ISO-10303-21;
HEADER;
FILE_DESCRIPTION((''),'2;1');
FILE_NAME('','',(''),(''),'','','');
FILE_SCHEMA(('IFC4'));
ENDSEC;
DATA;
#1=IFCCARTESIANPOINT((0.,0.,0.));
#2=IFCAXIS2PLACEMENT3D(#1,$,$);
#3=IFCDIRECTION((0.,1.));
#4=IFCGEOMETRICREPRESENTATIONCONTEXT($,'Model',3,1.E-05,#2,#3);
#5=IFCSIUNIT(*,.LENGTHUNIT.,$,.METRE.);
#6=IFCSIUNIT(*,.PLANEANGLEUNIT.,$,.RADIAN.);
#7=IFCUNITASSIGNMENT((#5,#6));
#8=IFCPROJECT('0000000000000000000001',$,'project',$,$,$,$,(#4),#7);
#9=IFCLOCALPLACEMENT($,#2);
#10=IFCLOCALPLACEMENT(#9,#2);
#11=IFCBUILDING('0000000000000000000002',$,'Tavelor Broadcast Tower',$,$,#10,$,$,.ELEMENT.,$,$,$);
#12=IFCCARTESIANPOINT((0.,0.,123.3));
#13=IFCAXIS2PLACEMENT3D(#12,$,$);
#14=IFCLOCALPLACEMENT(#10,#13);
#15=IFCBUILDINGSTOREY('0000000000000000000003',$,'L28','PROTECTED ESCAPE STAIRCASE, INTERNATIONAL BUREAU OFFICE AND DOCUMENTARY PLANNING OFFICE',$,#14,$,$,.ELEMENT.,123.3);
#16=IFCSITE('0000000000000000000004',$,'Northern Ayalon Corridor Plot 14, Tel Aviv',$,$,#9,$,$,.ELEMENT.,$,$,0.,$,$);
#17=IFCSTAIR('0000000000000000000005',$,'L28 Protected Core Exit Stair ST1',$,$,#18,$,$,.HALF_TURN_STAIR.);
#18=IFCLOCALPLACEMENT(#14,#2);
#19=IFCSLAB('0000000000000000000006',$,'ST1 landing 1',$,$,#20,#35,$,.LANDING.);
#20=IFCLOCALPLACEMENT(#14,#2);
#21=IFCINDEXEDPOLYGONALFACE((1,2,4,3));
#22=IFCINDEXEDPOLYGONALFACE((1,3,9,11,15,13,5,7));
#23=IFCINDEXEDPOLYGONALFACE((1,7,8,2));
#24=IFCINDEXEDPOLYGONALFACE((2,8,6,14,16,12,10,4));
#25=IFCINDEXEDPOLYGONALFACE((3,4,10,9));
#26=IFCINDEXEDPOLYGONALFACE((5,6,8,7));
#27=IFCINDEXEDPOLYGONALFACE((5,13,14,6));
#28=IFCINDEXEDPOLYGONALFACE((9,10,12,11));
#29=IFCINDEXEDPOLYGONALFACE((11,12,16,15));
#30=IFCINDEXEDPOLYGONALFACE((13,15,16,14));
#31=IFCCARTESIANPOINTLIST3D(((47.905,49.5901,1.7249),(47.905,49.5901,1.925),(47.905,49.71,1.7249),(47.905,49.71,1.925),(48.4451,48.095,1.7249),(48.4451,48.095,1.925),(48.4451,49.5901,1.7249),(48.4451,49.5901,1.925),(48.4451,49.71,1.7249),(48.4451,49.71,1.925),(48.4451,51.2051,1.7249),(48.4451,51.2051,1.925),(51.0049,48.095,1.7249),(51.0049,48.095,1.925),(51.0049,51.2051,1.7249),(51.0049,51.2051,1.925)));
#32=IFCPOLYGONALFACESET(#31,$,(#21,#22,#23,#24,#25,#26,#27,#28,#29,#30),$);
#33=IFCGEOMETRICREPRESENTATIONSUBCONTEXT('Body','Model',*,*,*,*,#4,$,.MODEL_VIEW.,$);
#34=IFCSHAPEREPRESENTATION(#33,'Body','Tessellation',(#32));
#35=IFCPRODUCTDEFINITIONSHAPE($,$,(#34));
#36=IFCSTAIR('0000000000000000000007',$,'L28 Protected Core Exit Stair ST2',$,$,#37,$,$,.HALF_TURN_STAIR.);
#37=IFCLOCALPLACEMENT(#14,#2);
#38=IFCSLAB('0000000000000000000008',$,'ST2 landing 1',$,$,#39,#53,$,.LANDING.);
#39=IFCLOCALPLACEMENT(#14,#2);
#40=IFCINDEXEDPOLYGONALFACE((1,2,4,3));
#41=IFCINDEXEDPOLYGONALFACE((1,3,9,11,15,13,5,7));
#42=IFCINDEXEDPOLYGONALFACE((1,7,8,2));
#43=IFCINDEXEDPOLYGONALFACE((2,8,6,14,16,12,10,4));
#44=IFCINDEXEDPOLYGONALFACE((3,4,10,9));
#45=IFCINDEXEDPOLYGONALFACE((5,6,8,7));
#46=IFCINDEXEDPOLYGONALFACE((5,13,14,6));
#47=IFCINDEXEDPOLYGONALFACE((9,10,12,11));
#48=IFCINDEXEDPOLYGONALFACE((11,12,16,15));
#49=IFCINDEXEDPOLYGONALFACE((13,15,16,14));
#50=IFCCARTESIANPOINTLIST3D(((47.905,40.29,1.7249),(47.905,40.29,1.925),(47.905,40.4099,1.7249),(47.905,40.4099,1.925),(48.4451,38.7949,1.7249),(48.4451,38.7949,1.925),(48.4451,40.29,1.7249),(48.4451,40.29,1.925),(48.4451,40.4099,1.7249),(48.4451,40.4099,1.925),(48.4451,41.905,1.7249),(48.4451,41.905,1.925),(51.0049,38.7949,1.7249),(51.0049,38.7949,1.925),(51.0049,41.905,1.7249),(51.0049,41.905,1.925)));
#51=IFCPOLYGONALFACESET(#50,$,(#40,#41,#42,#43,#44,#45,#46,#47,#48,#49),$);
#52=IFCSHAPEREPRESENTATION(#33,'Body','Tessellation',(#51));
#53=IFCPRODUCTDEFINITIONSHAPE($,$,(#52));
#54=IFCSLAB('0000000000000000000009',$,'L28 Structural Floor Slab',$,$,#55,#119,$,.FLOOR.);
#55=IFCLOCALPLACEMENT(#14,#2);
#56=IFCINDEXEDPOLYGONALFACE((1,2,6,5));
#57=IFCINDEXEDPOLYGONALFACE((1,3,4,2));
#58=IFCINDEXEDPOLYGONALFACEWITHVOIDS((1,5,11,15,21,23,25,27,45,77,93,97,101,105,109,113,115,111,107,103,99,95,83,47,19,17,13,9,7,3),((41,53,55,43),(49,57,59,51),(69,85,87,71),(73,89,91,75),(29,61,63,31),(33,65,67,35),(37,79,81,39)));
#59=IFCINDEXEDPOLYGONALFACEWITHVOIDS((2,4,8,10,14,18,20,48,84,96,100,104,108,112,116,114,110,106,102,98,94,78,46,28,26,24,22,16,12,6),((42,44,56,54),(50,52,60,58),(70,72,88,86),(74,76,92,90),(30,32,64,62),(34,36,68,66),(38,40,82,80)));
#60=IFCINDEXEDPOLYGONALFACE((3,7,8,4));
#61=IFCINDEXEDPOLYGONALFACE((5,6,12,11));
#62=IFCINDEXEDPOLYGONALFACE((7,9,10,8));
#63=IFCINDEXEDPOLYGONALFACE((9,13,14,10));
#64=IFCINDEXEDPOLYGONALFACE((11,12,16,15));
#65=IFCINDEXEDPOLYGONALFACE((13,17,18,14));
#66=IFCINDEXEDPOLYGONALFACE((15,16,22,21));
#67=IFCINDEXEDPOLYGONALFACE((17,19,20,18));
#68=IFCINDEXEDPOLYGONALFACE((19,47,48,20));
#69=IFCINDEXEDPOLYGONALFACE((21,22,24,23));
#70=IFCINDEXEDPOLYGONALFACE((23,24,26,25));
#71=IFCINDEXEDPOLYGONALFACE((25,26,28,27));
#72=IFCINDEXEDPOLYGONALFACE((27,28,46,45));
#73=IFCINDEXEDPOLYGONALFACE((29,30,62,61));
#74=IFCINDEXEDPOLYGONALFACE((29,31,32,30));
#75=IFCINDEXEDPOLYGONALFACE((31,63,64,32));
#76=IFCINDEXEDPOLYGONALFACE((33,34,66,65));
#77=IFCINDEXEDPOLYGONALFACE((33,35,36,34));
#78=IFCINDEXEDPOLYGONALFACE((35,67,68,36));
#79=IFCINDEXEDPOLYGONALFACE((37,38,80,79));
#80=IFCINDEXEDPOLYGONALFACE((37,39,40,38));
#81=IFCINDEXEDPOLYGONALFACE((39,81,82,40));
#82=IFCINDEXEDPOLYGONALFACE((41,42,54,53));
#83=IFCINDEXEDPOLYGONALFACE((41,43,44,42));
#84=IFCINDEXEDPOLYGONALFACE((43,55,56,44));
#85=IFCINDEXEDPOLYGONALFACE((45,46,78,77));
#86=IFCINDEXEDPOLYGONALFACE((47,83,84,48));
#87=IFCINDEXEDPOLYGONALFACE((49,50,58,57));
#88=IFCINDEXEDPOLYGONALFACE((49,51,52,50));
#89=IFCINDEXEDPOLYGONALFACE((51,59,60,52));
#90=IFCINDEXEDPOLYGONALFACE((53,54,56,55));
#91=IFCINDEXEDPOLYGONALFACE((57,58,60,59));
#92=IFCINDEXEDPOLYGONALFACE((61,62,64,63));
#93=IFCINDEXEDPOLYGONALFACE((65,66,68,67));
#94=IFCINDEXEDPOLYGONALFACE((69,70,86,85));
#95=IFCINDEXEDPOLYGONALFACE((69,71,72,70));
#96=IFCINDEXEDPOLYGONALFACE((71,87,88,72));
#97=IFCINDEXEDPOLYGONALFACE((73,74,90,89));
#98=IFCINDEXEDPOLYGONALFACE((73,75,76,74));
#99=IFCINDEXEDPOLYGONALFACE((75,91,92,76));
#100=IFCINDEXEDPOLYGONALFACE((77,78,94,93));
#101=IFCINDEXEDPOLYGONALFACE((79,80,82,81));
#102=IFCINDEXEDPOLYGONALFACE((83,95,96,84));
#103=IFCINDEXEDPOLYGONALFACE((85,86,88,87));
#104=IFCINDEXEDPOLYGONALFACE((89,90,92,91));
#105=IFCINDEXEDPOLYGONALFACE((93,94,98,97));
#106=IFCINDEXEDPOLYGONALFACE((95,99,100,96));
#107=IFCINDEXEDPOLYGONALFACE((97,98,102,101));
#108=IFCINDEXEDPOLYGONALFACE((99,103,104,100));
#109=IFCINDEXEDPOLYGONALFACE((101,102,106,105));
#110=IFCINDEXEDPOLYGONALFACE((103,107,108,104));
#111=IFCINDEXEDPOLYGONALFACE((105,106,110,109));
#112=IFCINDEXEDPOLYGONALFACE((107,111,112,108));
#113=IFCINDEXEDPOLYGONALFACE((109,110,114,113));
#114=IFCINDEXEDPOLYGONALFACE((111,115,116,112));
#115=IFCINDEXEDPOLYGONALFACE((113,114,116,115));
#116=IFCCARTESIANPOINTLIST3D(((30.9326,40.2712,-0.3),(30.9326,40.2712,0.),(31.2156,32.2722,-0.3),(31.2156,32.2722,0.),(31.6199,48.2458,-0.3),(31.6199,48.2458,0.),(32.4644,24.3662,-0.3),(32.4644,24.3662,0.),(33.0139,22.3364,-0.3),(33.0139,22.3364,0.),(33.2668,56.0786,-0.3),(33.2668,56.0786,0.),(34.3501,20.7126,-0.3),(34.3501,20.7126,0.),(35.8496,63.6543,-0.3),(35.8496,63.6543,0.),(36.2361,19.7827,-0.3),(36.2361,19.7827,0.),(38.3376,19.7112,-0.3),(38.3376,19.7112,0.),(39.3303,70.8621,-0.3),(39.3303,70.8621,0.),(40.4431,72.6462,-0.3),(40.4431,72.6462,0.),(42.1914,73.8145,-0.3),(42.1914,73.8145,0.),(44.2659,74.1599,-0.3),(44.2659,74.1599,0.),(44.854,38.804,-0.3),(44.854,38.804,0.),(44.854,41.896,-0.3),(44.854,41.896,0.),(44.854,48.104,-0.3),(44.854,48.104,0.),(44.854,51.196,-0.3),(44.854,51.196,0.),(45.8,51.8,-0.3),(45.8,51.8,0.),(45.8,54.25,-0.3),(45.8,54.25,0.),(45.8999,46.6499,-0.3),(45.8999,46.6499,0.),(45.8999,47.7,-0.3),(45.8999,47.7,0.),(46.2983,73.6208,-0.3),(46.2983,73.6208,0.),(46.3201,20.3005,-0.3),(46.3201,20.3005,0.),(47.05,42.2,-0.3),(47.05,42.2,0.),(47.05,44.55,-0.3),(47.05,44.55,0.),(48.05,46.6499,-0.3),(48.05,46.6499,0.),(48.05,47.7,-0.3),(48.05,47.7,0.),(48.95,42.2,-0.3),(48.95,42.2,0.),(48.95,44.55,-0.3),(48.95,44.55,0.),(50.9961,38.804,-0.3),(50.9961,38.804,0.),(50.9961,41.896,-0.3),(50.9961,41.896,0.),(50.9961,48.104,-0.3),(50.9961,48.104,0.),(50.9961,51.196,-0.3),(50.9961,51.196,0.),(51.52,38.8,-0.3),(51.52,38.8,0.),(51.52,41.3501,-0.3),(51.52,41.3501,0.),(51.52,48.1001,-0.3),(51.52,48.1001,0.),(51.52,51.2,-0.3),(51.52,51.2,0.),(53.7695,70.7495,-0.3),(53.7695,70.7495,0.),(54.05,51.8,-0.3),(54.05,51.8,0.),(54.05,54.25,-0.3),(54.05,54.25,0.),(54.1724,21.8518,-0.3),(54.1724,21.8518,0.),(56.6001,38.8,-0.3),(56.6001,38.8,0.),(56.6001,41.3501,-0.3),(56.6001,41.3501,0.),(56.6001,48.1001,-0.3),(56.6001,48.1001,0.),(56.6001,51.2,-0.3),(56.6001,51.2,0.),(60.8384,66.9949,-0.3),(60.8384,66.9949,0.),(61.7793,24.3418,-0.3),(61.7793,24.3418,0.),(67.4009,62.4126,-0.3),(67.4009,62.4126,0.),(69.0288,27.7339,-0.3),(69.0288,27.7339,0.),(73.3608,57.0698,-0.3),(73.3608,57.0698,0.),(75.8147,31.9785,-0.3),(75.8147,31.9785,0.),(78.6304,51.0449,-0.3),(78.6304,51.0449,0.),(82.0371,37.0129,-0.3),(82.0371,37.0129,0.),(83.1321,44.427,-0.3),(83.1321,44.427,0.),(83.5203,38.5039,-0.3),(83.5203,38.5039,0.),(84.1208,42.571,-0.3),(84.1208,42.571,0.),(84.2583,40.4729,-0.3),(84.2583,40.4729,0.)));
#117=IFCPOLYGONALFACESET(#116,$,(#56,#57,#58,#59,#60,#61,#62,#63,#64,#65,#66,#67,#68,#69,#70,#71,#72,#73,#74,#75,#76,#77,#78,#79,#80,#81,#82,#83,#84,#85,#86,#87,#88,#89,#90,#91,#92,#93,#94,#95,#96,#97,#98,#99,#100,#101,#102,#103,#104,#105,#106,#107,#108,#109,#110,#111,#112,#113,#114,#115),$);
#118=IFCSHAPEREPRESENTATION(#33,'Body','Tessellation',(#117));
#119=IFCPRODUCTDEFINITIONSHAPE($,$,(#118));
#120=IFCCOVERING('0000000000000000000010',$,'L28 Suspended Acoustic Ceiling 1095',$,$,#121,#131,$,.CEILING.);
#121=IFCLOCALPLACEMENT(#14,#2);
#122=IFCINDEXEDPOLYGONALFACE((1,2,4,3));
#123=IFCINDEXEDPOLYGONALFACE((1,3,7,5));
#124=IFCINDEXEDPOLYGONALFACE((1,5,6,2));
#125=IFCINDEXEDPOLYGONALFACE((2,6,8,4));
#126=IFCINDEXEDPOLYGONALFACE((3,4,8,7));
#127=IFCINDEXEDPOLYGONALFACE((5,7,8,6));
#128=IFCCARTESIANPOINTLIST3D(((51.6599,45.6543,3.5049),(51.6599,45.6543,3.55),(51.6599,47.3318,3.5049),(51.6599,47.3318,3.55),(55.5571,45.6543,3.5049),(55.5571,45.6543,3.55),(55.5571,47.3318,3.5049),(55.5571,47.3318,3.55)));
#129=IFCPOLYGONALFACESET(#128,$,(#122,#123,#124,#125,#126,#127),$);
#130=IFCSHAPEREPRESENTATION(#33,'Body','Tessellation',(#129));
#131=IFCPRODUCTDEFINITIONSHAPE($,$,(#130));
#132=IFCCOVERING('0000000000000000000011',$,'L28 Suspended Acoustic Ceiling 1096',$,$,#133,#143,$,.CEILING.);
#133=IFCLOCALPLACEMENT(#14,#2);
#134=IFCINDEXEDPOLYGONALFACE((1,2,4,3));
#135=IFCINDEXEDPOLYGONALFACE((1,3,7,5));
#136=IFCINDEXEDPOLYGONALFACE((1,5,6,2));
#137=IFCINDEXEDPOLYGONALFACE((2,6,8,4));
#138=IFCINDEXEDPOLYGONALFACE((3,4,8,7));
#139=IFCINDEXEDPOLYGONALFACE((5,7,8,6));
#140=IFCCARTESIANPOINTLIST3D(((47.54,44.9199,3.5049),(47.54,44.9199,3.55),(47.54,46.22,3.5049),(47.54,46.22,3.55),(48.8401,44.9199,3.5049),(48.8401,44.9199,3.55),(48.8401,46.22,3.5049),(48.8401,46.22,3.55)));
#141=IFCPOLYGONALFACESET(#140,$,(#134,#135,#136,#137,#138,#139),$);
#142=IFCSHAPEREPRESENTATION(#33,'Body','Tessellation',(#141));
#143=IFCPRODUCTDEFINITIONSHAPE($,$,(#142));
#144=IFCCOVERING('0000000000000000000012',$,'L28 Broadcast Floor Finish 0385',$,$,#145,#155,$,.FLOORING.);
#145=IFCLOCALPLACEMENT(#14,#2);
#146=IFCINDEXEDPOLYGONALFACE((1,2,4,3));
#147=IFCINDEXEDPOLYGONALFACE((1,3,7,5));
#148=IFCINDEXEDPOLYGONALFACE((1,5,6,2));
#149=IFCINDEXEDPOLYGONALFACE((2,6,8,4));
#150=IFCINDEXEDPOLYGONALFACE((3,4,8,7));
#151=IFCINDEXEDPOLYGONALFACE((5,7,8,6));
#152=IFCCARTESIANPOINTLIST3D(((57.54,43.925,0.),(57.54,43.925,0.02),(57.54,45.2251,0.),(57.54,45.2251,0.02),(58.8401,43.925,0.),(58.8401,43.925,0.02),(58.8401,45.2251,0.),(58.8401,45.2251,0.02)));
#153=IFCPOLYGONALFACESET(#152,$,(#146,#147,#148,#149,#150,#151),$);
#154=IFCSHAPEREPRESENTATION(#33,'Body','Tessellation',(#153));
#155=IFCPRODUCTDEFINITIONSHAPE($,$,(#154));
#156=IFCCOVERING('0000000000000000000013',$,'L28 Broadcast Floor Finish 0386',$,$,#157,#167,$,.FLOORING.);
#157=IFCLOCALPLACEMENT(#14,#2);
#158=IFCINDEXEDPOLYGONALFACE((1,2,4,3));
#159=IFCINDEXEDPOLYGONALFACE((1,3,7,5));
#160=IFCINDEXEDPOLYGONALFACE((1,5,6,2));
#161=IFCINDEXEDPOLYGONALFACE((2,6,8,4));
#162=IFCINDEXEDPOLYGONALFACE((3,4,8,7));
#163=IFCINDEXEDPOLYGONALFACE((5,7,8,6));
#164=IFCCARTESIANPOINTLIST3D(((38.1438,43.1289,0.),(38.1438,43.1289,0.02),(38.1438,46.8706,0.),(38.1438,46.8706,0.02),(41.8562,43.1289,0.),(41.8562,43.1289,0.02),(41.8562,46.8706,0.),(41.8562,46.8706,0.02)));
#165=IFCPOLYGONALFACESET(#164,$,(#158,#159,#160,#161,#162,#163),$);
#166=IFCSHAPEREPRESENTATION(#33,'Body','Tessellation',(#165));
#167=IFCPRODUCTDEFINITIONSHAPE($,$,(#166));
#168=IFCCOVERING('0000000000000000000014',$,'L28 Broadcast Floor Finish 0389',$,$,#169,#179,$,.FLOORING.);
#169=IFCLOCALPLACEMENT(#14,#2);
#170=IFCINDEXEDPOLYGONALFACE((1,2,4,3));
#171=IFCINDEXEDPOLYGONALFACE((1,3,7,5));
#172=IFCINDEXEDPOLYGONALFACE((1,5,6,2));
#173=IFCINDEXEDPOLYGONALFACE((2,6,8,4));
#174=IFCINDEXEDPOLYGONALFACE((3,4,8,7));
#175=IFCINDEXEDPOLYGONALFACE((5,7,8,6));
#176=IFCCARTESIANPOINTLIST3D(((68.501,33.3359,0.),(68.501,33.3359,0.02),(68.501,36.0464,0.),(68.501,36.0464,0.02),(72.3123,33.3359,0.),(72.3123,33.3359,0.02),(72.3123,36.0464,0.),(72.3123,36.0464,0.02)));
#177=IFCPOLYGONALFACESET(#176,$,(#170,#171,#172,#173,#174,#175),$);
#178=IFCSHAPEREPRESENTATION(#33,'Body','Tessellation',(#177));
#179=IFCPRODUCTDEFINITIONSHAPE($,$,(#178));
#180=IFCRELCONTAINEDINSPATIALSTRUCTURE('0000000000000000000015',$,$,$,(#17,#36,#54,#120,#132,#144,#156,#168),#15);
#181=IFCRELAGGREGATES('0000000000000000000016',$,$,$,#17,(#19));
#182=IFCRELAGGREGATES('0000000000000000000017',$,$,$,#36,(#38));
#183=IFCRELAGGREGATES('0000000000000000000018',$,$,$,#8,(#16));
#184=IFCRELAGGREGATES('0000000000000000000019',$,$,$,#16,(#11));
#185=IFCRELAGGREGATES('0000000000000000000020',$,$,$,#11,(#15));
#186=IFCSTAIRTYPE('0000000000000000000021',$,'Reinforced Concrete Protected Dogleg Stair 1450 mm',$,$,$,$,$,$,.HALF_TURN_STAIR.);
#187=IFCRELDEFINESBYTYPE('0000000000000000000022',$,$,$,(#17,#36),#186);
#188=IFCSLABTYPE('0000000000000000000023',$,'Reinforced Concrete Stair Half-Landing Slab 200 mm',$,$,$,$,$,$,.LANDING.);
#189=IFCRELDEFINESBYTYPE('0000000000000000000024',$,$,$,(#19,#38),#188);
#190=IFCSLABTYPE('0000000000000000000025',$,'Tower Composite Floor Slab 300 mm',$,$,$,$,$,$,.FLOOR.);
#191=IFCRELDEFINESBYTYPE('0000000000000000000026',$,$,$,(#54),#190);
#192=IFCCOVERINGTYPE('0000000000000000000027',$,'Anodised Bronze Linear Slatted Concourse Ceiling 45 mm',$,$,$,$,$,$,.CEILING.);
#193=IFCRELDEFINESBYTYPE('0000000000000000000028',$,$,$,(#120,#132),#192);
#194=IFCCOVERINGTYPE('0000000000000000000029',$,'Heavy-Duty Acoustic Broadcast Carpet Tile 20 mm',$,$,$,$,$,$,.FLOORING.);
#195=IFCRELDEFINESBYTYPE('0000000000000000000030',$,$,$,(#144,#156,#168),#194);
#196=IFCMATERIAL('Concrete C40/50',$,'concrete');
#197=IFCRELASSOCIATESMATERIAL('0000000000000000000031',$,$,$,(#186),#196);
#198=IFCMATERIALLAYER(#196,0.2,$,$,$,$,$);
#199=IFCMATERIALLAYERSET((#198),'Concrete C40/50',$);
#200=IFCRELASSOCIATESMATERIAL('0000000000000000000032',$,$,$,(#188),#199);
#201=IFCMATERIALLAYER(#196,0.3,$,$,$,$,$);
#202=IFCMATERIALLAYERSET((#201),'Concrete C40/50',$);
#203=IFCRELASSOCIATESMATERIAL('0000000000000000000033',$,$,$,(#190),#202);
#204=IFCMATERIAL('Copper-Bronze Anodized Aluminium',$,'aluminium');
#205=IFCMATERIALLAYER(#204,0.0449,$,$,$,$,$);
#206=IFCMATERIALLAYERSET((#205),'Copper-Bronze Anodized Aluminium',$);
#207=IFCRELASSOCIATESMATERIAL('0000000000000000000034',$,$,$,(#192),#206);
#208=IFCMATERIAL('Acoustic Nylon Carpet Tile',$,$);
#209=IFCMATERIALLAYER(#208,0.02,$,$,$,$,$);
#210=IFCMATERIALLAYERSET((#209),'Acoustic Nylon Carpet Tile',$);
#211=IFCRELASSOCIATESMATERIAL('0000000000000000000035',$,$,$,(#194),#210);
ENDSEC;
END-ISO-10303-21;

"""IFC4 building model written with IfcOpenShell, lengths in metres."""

from ifc_helpers import new_model, si_unit, direction, frame, origin, place, context, subcontext, project, spatial, polyline, outline, extrude, material, layer, layer_set, type_object, element, aggregate, save


model = new_model("IFC4")

# Units and contexts
model_context = context("Model", 3, precision=1e-05, world=origin(), true_north=direction((0.0, 1.0)))
body_context = subcontext(model_context, "Body", "Model", "MODEL_VIEW")
ifc_project = project(units=[si_unit("LENGTHUNIT", "METRE"), si_unit("PLANEANGLEUNIT", "RADIAN")], contexts=[model_context])

# Site, building, storey
site_placement = place(None, origin())
site = spatial("IfcSite", under=ifc_project, at=site_placement, Name="Northern Ayalon Corridor Plot 14, Tel Aviv", CompositionType="ELEMENT", RefElevation=0.0)
building_placement = place(site_placement, origin())
building = spatial("IfcBuilding", under=site, at=building_placement, Name="Tavelor Broadcast Tower", CompositionType="ELEMENT")
storey_placement = place(building_placement, frame((0.0, 0.0, 123.3)))
storey = spatial("IfcBuildingStorey", under=building, at=storey_placement, Name="L28", Description="PROTECTED ESCAPE STAIRCASE, INTERNATIONAL BUREAU OFFICE AND DOCUMENTARY PLANNING OFFICE", CompositionType="ELEMENT", Elevation=123.3)

# Stairs, slabs
ifc_material_1 = material(Name="Concrete C40/50", Category="concrete")
stair_type = type_object("IfcStairType", Name="Reinforced Concrete Protected Dogleg Stair 1450 mm", PredefinedType="HALF_TURN_STAIR", material=ifc_material_1)
stair_1_placement = place(storey_placement, origin())
stair_1 = element("IfcStair", 1, at=stair_1_placement, inside=storey, type_object=stair_type, Name="L28 Protected Core Exit Stair ST1", PredefinedType="HALF_TURN_STAIR")
ifc_layer_1 = layer(ifc_material_1, 0.2)
ifc_layer_set_1 = layer_set([ifc_layer_1], Name="Concrete C40/50")
slab_type_1 = type_object("IfcSlabType", Name="Reinforced Concrete Stair Half-Landing Slab 200 mm", PredefinedType="LANDING", material=ifc_layer_set_1)
slab_1_placement = place(storey_placement, frame((0.0, 0.0, 1.7249)))
slab_1 = element("IfcSlab", 2, at=slab_1_placement, type_object=slab_type_1, Name="ST1 landing 1", PredefinedType="LANDING", context=body_context, shape_type="SweptSolid", body=[
    extrude(outline(polyline([(48.4451, 49.5901), (48.4451, 48.095), (51.0049, 48.095), (51.0049, 51.2051), (48.4451, 51.2051), (48.4451, 49.71), (47.905, 49.71), (47.905, 49.5901), (48.4451, 49.5901)])), origin(), (0.0, 0.0, 1.0), 0.2002),
])
aggregate(stair_1, [slab_1])
stair_2_placement = place(storey_placement, origin())
stair_2 = element("IfcStair", 3, at=stair_2_placement, inside=storey, type_object=stair_type, Name="L28 Protected Core Exit Stair ST2", PredefinedType="HALF_TURN_STAIR")
slab_2_placement = place(storey_placement, frame((0.0, 0.0, 1.7249)))
slab_2 = element("IfcSlab", 4, at=slab_2_placement, type_object=slab_type_1, Name="ST2 landing 1", PredefinedType="LANDING", context=body_context, shape_type="SweptSolid", body=[
    extrude(outline(polyline([(48.4451, 40.29), (48.4451, 38.7949), (51.0049, 38.7949), (51.0049, 41.905), (48.4451, 41.905), (48.4451, 40.4099), (47.905, 40.4099), (47.905, 40.29), (48.4451, 40.29)])), origin(), (0.0, 0.0, 1.0), 0.2002),
])
aggregate(stair_2, [slab_2])

# Slab
ifc_layer_2 = layer(ifc_material_1, 0.3)
ifc_layer_set_2 = layer_set([ifc_layer_2], Name="Concrete C40/50")
slab_type_2 = type_object("IfcSlabType", Name="Tower Composite Floor Slab 300 mm", PredefinedType="FLOOR", material=ifc_layer_set_2)
slab_3_placement = place(storey_placement, frame((0.0, 0.0, -0.3)))
element("IfcSlab", 5, at=slab_3_placement, inside=storey, type_object=slab_type_2, Name="L28 Structural Floor Slab", PredefinedType="FLOOR", context=body_context, shape_type="SweptSolid", body=[
    extrude(outline(polyline([(46.2983, 73.6208), (44.2659, 74.1599), (42.1914, 73.8145), (40.4431, 72.6462), (39.3303, 70.8621), (35.8496, 63.6543), (33.2668, 56.0786), (31.6199, 48.2458), (30.9326, 40.2712), (31.2156, 32.2722), (32.4644, 24.3662), (33.0139, 22.3364), (34.3501, 20.7126), (36.2361, 19.7827), (38.3376, 19.7112), (46.3201, 20.3005), (54.1724, 21.8518), (61.7793, 24.3418), (69.0288, 27.7339), (75.8147, 31.9785), (82.0371, 37.0129), (83.5203, 38.5039), (84.2583, 40.4729), (84.1208, 42.571), (83.1321, 44.427), (78.6304, 51.0449), (73.3608, 57.0698), (67.4009, 62.4126), (60.8384, 66.9949), (53.7695, 70.7495), (46.2983, 73.6208)]), holes=[polyline([(56.6001, 41.3501), (56.6001, 38.8), (51.52, 38.8), (51.52, 41.3501), (56.6001, 41.3501)]), polyline([(50.9961, 38.804), (44.854, 38.804), (44.854, 41.896), (50.9961, 41.896), (50.9961, 38.804)]), polyline([(47.05, 42.2), (47.05, 44.55), (48.95, 44.55), (48.95, 42.2), (47.05, 42.2)]), polyline([(48.05, 46.6499), (45.8999, 46.6499), (45.8999, 47.7), (48.05, 47.7), (48.05, 46.6499)]), polyline([(50.9961, 48.104), (44.854, 48.104), (44.854, 51.196), (50.9961, 51.196), (50.9961, 48.104)]), polyline([(56.6001, 48.1001), (51.52, 48.1001), (51.52, 51.2), (56.6001, 51.2), (56.6001, 48.1001)]), polyline([(54.05, 51.8), (45.8, 51.8), (45.8, 54.25), (54.05, 54.25), (54.05, 51.8)])]), origin(), (0.0, 0.0, 1.0), 0.3),
])

# Coverings
ifc_material_2 = material(Name="Copper-Bronze Anodized Aluminium", Category="aluminium")
ifc_layer_3 = layer(ifc_material_2, 0.0449)
ifc_layer_set_3 = layer_set([ifc_layer_3], Name="Copper-Bronze Anodized Aluminium")
covering_type_1 = type_object("IfcCoveringType", Name="Anodised Bronze Linear Slatted Concourse Ceiling 45 mm", PredefinedType="CEILING", material=ifc_layer_set_3)
covering_1_placement = place(storey_placement, frame((0.0, 0.0, 3.5049)))
element("IfcCovering", 6, at=covering_1_placement, inside=storey, type_object=covering_type_1, Name="L28 Suspended Acoustic Ceiling 1095", PredefinedType="CEILING", context=body_context, shape_type="SweptSolid", body=[
    extrude(outline(polyline([(51.6599, 45.6543), (55.5571, 45.6543), (55.5571, 47.3318), (51.6599, 47.3318), (51.6599, 45.6543)])), origin(), (0.0, 0.0, 1.0), 0.0452),
])
covering_2_placement = place(storey_placement, frame((0.0, 0.0, 3.5049)))
element("IfcCovering", 7, at=covering_2_placement, inside=storey, type_object=covering_type_1, Name="L28 Suspended Acoustic Ceiling 1096", PredefinedType="CEILING", context=body_context, shape_type="SweptSolid", body=[
    extrude(outline(polyline([(47.54, 44.9199), (48.8401, 44.9199), (48.8401, 46.22), (47.54, 46.22), (47.54, 44.9199)])), origin(), (0.0, 0.0, 1.0), 0.0452),
])
ifc_material_3 = material(Name="Acoustic Nylon Carpet Tile")
ifc_layer_4 = layer(ifc_material_3, 0.02)
ifc_layer_set_4 = layer_set([ifc_layer_4], Name="Acoustic Nylon Carpet Tile")
covering_type_2 = type_object("IfcCoveringType", Name="Heavy-Duty Acoustic Broadcast Carpet Tile 20 mm", PredefinedType="FLOORING", material=ifc_layer_set_4)
covering_3_placement = place(storey_placement, origin())
element("IfcCovering", 8, at=covering_3_placement, inside=storey, type_object=covering_type_2, Name="L28 Broadcast Floor Finish 0385", PredefinedType="FLOORING", context=body_context, shape_type="SweptSolid", body=[
    extrude(outline(polyline([(57.54, 43.925), (58.8401, 43.925), (58.8401, 45.2251), (57.54, 45.2251), (57.54, 43.925)])), origin(), (0.0, 0.0, 1.0), 0.02),
])
covering_4_placement = place(storey_placement, origin())
element("IfcCovering", 9, at=covering_4_placement, inside=storey, type_object=covering_type_2, Name="L28 Broadcast Floor Finish 0386", PredefinedType="FLOORING", context=body_context, shape_type="SweptSolid", body=[
    extrude(outline(polyline([(38.1438, 43.1289), (41.8562, 43.1289), (41.8562, 46.8706), (38.1438, 46.8706), (38.1438, 43.1289)])), origin(), (0.0, 0.0, 1.0), 0.02),
])
covering_5_placement = place(storey_placement, origin())
element("IfcCovering", 10, at=covering_5_placement, inside=storey, type_object=covering_type_2, Name="L28 Broadcast Floor Finish 0389", PredefinedType="FLOORING", context=body_context, shape_type="SweptSolid", body=[
    extrude(outline(polyline([(68.501, 33.3359), (72.3123, 33.3359), (72.3123, 36.0464), (68.501, 36.0464), (68.501, 33.3359)])), origin(), (0.0, 0.0, 1.0), 0.02),
])

save(model, "model.ifc")
